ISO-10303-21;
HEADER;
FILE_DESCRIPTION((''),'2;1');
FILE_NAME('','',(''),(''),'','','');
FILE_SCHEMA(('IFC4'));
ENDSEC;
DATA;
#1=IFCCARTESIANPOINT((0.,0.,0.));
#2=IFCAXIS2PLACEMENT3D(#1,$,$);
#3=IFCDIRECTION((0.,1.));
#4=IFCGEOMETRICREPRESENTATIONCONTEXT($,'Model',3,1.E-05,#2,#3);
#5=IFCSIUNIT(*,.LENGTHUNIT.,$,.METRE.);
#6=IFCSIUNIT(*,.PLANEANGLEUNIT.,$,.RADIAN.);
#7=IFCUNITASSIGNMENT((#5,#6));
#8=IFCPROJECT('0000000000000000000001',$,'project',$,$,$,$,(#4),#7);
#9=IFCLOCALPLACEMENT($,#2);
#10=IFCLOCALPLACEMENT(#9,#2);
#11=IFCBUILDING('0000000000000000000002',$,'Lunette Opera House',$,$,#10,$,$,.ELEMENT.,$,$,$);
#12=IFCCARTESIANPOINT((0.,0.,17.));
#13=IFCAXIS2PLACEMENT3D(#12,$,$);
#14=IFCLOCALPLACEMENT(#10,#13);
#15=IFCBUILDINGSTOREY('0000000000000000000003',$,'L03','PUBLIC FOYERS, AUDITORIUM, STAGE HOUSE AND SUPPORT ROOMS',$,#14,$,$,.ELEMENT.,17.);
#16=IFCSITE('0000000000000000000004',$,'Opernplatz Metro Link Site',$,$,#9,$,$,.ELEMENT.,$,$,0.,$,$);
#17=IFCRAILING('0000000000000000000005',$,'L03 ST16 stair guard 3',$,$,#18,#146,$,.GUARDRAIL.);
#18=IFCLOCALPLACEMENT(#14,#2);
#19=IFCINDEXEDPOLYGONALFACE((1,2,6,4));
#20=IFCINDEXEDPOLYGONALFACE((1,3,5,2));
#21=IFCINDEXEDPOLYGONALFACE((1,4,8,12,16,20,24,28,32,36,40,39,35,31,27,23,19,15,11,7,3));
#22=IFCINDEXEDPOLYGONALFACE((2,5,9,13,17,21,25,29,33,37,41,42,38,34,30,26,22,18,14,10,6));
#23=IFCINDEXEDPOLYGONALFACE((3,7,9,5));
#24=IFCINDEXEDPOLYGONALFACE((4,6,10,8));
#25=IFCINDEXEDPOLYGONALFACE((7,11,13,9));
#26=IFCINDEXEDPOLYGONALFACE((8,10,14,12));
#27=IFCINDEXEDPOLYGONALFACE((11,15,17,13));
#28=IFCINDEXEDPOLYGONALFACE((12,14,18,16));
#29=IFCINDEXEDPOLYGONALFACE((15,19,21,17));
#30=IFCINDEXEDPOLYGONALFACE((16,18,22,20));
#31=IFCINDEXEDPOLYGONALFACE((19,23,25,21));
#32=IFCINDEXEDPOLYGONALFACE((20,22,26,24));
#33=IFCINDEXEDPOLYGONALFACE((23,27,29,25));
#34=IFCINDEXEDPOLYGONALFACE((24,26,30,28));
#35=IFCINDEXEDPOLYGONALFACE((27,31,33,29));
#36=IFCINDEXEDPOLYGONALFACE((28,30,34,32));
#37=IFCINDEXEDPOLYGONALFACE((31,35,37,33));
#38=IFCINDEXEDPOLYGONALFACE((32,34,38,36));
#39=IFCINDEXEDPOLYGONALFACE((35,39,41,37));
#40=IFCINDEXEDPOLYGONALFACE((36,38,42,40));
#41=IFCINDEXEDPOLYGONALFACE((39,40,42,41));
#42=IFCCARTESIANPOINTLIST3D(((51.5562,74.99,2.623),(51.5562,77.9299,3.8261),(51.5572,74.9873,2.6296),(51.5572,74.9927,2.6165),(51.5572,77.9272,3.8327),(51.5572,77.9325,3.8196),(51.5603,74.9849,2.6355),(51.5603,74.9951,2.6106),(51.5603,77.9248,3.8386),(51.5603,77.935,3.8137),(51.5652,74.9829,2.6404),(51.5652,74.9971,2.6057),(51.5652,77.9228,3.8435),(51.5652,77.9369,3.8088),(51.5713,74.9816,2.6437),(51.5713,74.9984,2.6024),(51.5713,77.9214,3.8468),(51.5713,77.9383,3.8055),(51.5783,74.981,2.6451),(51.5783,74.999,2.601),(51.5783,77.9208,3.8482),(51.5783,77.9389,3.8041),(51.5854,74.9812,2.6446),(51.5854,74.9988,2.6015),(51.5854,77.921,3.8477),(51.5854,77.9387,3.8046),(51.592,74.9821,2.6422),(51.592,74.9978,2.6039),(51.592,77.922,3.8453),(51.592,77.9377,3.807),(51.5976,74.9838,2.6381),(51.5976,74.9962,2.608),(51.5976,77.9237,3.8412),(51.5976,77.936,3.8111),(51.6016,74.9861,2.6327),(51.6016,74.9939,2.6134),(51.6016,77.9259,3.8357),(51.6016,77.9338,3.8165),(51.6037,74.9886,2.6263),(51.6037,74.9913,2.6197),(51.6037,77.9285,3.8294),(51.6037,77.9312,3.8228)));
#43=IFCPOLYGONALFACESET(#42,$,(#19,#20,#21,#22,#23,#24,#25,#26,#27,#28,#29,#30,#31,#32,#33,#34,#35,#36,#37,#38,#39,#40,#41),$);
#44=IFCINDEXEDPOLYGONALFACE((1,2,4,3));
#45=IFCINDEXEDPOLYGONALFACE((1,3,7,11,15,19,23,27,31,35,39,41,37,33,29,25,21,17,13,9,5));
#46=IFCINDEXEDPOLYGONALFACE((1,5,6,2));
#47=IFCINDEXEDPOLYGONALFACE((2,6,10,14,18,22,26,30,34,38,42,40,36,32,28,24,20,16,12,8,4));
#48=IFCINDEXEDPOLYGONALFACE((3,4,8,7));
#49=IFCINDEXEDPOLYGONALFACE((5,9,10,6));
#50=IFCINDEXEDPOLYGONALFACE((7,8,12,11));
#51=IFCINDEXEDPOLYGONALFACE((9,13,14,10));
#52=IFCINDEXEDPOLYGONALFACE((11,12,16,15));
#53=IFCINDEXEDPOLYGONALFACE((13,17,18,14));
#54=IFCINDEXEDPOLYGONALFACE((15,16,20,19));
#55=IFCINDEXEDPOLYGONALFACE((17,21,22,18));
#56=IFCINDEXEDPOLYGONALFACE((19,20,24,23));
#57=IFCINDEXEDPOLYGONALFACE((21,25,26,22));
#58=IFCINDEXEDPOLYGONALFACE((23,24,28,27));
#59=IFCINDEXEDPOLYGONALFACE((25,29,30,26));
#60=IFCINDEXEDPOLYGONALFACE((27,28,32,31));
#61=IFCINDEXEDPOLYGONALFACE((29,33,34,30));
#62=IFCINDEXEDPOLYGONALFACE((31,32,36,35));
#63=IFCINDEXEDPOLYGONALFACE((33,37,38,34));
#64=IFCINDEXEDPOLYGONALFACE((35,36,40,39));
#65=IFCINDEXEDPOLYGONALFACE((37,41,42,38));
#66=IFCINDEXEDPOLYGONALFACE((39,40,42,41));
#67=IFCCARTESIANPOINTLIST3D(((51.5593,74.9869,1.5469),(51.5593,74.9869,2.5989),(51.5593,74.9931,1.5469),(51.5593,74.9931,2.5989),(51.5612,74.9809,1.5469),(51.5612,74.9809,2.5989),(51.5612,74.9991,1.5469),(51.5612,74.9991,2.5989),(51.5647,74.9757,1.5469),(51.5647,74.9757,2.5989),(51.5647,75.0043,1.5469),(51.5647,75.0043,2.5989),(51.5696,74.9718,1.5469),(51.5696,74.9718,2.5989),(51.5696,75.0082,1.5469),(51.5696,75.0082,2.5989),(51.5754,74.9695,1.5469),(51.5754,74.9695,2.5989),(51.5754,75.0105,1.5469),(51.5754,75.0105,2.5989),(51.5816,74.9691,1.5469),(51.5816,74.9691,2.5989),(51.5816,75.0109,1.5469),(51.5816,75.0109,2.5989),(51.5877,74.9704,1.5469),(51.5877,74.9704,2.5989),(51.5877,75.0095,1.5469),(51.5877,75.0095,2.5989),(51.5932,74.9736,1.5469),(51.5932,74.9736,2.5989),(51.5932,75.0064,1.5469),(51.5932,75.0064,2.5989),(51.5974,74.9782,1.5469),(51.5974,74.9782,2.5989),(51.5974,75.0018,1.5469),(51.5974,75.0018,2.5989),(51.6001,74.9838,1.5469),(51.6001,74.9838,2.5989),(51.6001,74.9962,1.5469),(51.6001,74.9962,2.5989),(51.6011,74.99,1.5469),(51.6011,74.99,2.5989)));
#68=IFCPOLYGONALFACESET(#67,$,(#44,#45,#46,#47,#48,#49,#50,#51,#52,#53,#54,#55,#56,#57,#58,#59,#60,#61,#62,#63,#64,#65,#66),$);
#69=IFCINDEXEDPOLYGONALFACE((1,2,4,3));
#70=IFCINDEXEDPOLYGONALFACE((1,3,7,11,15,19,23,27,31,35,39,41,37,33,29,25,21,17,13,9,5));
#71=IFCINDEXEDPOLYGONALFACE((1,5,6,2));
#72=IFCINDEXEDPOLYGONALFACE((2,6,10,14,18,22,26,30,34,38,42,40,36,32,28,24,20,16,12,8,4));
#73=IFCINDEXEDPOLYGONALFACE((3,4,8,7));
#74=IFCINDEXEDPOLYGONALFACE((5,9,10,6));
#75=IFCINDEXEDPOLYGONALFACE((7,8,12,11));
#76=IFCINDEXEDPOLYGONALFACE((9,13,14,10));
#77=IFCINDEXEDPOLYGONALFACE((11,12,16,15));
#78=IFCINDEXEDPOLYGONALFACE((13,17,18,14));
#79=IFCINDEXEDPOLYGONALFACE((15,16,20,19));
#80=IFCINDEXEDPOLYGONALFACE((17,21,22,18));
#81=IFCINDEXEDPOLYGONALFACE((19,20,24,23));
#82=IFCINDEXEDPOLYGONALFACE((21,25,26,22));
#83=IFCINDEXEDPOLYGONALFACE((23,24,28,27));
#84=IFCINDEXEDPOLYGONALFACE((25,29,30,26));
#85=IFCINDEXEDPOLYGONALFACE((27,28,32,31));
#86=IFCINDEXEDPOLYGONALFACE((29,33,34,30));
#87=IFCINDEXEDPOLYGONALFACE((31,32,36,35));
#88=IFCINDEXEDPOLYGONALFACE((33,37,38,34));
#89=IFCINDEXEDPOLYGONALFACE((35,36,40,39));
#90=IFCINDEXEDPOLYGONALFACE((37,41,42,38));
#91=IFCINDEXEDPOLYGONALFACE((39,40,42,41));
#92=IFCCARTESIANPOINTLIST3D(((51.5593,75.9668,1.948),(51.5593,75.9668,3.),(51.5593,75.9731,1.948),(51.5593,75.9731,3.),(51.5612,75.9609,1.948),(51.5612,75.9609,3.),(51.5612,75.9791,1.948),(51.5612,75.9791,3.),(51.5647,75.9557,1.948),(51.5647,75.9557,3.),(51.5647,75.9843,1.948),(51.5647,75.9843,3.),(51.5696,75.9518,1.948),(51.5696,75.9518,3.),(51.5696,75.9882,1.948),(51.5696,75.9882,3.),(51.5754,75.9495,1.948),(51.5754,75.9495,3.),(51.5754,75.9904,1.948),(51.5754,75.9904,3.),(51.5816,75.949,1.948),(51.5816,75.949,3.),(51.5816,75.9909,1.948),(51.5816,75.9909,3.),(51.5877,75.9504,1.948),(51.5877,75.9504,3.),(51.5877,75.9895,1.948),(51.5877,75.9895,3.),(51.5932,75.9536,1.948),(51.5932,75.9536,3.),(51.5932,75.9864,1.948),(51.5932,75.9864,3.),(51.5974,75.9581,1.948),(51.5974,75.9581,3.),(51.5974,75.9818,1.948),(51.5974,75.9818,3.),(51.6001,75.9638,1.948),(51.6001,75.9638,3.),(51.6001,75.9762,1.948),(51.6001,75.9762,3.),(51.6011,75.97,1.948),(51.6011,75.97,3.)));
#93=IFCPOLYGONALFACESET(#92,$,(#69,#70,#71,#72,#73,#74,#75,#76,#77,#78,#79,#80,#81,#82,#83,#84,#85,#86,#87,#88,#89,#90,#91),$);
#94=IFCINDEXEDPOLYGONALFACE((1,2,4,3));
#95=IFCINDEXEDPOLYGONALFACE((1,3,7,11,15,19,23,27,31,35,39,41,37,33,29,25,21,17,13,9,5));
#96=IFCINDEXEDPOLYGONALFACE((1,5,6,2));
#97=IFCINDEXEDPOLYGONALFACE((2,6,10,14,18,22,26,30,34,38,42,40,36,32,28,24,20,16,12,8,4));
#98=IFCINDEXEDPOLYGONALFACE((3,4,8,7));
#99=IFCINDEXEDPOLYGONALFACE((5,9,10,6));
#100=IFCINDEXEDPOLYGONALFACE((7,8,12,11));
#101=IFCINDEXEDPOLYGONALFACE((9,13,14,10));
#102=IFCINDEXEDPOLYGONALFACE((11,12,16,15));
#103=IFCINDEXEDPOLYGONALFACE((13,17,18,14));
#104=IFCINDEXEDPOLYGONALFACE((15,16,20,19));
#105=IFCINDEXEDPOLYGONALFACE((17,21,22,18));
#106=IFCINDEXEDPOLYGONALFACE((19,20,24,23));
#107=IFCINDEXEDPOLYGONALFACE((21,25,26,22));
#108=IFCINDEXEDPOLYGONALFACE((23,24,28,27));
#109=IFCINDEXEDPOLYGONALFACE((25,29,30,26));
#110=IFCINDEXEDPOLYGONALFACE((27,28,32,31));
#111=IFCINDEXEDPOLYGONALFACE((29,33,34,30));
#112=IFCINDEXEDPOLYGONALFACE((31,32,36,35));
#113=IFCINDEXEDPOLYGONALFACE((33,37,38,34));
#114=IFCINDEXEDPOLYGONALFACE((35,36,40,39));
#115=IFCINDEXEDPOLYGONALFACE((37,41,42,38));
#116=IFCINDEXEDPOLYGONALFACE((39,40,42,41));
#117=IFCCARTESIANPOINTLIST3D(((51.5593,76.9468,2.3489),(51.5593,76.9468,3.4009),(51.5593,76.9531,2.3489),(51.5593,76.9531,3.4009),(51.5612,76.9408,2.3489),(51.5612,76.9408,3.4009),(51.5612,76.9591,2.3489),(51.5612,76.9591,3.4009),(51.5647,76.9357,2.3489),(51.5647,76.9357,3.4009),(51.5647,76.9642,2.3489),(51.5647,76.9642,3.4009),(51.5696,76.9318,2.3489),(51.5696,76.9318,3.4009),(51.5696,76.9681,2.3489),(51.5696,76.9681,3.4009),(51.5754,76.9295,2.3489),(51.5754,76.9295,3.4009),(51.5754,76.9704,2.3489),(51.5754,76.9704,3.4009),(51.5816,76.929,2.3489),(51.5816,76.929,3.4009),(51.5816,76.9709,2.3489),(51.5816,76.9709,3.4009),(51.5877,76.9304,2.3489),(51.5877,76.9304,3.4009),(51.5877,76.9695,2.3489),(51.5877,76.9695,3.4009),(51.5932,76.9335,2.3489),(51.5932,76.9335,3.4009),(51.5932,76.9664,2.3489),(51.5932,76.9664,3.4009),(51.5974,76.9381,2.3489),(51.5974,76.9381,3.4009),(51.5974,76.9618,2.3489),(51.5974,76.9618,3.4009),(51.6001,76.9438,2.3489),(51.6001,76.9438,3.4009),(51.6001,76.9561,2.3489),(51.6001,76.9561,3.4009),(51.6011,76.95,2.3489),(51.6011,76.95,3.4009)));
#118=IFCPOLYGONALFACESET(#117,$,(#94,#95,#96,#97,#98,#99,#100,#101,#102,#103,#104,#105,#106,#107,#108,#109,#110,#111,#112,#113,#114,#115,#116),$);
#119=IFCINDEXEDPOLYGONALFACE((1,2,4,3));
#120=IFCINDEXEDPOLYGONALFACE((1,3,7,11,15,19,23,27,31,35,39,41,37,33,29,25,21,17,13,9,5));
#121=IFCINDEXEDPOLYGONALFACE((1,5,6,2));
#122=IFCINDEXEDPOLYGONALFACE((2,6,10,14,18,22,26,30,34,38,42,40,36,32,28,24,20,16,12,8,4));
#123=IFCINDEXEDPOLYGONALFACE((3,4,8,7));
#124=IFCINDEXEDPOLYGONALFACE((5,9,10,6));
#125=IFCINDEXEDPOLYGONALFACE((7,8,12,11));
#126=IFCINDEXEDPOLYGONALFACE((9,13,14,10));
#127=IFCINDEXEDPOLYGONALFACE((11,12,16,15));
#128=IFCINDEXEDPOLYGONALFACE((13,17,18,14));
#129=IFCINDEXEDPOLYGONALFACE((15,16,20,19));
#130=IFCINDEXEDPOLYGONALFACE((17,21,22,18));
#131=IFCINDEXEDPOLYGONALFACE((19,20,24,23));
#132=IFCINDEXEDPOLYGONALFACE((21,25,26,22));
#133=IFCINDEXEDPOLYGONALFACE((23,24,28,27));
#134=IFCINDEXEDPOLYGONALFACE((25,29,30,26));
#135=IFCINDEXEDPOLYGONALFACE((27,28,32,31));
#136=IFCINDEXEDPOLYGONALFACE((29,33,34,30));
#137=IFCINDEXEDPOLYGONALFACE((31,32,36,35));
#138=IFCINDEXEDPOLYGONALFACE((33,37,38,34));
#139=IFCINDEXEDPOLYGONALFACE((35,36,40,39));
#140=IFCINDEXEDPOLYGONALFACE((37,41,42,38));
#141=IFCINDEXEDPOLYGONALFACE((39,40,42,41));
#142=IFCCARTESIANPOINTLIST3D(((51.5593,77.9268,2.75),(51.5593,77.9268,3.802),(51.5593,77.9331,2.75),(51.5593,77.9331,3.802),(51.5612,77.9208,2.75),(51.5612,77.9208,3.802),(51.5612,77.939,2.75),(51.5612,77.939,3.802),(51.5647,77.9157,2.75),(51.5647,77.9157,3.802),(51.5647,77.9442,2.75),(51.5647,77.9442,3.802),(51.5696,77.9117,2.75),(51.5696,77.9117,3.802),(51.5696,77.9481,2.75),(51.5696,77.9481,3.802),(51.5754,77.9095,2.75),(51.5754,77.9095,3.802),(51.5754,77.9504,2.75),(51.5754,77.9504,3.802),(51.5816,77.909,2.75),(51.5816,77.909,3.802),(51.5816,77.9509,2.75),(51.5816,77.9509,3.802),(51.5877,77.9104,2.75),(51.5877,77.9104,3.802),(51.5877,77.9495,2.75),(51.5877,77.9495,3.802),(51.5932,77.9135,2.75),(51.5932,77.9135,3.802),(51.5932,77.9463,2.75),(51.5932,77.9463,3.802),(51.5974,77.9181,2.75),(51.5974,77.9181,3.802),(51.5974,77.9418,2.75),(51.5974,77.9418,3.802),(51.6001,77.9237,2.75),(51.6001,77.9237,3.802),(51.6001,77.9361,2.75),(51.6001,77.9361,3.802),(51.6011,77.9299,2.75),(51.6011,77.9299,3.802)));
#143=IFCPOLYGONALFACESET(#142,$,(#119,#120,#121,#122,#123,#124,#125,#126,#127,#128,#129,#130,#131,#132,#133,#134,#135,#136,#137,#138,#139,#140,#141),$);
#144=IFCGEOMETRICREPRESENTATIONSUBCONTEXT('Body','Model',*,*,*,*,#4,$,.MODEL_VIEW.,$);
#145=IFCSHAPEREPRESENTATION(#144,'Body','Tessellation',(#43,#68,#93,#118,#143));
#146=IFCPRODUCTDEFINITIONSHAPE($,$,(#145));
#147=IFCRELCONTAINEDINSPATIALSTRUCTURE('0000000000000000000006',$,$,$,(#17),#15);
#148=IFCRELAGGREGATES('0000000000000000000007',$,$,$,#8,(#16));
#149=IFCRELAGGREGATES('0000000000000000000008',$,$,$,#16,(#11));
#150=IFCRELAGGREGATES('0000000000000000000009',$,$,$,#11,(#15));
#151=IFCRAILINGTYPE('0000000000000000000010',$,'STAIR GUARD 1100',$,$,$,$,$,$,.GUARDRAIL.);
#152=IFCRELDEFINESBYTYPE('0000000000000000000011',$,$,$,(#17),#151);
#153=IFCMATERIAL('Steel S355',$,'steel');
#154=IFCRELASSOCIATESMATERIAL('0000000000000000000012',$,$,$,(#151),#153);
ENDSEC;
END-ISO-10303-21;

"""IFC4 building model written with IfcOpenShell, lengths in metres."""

from ifc_helpers import new_model, si_unit, direction, frame, origin, origin_2d, place, context, subcontext, project, spatial, circle, extrude, material, type_object, element, save


model = new_model("IFC4")

# Units and contexts
model_context = context("Model", 3, precision=1e-05, world=origin(), true_north=direction((0.0, 1.0)))
body_context = subcontext(model_context, "Body", "Model", "MODEL_VIEW")
ifc_project = project(units=[si_unit("LENGTHUNIT", "METRE"), si_unit("PLANEANGLEUNIT", "RADIAN")], contexts=[model_context])

# Site, building, storey
site_placement = place(None, origin())
site = spatial("IfcSite", under=ifc_project, at=site_placement, Name="Opernplatz Metro Link Site", CompositionType="ELEMENT", RefElevation=0.0)
building_placement = place(site_placement, origin())
building = spatial("IfcBuilding", under=site, at=building_placement, Name="Lunette Opera House", CompositionType="ELEMENT")
storey_placement = place(building_placement, frame((0.0, 0.0, 17.0)))
storey = spatial("IfcBuildingStorey", under=building, at=storey_placement, Name="L03", Description="PUBLIC FOYERS, AUDITORIUM, STAGE HOUSE AND SUPPORT ROOMS", CompositionType="ELEMENT", Elevation=17.0)

# Railing
ifc_material_1 = material(Name="Steel S355", Category="steel")
railing_type_1 = type_object("IfcRailingType", Name="STAIR GUARD 1100", PredefinedType="GUARDRAIL", material=ifc_material_1)
railing_1_placement = place(storey_placement, frame((51.5801, 74.99, 1.5469)))
element("IfcRailing", 1, at=railing_1_placement, inside=storey, type_object=railing_type_1, Name="L03 ST16 stair guard 3", PredefinedType="GUARDRAIL", context=body_context, shape_type="SweptSolid", body=[
    extrude(circle(Radius=0.0239, at=origin_2d()), frame((0.0, 0.0, 1.0762), z_axis=(0.0, 0.9255, 0.378747), x_axis=(-1.0, 0.0, 0.0)), (0.0, 0.0, 1.0), 3.1765),
    extrude(circle(Radius=0.021, at=origin_2d()), origin(), (0.0, 0.0, 1.0), 1.052),
    extrude(circle(Radius=0.021, at=origin_2d()), frame((0.0, 0.98, 0.4011)), (0.0, 0.0, 1.0), 1.052),
    extrude(circle(Radius=0.021, at=origin_2d()), frame((0.0, 1.96, 0.802)), (0.0, 0.0, 1.0), 1.052),
    extrude(circle(Radius=0.021, at=origin_2d()), frame((0.0, 2.9399, 1.2031)), (0.0, 0.0, 1.0), 1.052),
])

save(model, "model.ifc")
